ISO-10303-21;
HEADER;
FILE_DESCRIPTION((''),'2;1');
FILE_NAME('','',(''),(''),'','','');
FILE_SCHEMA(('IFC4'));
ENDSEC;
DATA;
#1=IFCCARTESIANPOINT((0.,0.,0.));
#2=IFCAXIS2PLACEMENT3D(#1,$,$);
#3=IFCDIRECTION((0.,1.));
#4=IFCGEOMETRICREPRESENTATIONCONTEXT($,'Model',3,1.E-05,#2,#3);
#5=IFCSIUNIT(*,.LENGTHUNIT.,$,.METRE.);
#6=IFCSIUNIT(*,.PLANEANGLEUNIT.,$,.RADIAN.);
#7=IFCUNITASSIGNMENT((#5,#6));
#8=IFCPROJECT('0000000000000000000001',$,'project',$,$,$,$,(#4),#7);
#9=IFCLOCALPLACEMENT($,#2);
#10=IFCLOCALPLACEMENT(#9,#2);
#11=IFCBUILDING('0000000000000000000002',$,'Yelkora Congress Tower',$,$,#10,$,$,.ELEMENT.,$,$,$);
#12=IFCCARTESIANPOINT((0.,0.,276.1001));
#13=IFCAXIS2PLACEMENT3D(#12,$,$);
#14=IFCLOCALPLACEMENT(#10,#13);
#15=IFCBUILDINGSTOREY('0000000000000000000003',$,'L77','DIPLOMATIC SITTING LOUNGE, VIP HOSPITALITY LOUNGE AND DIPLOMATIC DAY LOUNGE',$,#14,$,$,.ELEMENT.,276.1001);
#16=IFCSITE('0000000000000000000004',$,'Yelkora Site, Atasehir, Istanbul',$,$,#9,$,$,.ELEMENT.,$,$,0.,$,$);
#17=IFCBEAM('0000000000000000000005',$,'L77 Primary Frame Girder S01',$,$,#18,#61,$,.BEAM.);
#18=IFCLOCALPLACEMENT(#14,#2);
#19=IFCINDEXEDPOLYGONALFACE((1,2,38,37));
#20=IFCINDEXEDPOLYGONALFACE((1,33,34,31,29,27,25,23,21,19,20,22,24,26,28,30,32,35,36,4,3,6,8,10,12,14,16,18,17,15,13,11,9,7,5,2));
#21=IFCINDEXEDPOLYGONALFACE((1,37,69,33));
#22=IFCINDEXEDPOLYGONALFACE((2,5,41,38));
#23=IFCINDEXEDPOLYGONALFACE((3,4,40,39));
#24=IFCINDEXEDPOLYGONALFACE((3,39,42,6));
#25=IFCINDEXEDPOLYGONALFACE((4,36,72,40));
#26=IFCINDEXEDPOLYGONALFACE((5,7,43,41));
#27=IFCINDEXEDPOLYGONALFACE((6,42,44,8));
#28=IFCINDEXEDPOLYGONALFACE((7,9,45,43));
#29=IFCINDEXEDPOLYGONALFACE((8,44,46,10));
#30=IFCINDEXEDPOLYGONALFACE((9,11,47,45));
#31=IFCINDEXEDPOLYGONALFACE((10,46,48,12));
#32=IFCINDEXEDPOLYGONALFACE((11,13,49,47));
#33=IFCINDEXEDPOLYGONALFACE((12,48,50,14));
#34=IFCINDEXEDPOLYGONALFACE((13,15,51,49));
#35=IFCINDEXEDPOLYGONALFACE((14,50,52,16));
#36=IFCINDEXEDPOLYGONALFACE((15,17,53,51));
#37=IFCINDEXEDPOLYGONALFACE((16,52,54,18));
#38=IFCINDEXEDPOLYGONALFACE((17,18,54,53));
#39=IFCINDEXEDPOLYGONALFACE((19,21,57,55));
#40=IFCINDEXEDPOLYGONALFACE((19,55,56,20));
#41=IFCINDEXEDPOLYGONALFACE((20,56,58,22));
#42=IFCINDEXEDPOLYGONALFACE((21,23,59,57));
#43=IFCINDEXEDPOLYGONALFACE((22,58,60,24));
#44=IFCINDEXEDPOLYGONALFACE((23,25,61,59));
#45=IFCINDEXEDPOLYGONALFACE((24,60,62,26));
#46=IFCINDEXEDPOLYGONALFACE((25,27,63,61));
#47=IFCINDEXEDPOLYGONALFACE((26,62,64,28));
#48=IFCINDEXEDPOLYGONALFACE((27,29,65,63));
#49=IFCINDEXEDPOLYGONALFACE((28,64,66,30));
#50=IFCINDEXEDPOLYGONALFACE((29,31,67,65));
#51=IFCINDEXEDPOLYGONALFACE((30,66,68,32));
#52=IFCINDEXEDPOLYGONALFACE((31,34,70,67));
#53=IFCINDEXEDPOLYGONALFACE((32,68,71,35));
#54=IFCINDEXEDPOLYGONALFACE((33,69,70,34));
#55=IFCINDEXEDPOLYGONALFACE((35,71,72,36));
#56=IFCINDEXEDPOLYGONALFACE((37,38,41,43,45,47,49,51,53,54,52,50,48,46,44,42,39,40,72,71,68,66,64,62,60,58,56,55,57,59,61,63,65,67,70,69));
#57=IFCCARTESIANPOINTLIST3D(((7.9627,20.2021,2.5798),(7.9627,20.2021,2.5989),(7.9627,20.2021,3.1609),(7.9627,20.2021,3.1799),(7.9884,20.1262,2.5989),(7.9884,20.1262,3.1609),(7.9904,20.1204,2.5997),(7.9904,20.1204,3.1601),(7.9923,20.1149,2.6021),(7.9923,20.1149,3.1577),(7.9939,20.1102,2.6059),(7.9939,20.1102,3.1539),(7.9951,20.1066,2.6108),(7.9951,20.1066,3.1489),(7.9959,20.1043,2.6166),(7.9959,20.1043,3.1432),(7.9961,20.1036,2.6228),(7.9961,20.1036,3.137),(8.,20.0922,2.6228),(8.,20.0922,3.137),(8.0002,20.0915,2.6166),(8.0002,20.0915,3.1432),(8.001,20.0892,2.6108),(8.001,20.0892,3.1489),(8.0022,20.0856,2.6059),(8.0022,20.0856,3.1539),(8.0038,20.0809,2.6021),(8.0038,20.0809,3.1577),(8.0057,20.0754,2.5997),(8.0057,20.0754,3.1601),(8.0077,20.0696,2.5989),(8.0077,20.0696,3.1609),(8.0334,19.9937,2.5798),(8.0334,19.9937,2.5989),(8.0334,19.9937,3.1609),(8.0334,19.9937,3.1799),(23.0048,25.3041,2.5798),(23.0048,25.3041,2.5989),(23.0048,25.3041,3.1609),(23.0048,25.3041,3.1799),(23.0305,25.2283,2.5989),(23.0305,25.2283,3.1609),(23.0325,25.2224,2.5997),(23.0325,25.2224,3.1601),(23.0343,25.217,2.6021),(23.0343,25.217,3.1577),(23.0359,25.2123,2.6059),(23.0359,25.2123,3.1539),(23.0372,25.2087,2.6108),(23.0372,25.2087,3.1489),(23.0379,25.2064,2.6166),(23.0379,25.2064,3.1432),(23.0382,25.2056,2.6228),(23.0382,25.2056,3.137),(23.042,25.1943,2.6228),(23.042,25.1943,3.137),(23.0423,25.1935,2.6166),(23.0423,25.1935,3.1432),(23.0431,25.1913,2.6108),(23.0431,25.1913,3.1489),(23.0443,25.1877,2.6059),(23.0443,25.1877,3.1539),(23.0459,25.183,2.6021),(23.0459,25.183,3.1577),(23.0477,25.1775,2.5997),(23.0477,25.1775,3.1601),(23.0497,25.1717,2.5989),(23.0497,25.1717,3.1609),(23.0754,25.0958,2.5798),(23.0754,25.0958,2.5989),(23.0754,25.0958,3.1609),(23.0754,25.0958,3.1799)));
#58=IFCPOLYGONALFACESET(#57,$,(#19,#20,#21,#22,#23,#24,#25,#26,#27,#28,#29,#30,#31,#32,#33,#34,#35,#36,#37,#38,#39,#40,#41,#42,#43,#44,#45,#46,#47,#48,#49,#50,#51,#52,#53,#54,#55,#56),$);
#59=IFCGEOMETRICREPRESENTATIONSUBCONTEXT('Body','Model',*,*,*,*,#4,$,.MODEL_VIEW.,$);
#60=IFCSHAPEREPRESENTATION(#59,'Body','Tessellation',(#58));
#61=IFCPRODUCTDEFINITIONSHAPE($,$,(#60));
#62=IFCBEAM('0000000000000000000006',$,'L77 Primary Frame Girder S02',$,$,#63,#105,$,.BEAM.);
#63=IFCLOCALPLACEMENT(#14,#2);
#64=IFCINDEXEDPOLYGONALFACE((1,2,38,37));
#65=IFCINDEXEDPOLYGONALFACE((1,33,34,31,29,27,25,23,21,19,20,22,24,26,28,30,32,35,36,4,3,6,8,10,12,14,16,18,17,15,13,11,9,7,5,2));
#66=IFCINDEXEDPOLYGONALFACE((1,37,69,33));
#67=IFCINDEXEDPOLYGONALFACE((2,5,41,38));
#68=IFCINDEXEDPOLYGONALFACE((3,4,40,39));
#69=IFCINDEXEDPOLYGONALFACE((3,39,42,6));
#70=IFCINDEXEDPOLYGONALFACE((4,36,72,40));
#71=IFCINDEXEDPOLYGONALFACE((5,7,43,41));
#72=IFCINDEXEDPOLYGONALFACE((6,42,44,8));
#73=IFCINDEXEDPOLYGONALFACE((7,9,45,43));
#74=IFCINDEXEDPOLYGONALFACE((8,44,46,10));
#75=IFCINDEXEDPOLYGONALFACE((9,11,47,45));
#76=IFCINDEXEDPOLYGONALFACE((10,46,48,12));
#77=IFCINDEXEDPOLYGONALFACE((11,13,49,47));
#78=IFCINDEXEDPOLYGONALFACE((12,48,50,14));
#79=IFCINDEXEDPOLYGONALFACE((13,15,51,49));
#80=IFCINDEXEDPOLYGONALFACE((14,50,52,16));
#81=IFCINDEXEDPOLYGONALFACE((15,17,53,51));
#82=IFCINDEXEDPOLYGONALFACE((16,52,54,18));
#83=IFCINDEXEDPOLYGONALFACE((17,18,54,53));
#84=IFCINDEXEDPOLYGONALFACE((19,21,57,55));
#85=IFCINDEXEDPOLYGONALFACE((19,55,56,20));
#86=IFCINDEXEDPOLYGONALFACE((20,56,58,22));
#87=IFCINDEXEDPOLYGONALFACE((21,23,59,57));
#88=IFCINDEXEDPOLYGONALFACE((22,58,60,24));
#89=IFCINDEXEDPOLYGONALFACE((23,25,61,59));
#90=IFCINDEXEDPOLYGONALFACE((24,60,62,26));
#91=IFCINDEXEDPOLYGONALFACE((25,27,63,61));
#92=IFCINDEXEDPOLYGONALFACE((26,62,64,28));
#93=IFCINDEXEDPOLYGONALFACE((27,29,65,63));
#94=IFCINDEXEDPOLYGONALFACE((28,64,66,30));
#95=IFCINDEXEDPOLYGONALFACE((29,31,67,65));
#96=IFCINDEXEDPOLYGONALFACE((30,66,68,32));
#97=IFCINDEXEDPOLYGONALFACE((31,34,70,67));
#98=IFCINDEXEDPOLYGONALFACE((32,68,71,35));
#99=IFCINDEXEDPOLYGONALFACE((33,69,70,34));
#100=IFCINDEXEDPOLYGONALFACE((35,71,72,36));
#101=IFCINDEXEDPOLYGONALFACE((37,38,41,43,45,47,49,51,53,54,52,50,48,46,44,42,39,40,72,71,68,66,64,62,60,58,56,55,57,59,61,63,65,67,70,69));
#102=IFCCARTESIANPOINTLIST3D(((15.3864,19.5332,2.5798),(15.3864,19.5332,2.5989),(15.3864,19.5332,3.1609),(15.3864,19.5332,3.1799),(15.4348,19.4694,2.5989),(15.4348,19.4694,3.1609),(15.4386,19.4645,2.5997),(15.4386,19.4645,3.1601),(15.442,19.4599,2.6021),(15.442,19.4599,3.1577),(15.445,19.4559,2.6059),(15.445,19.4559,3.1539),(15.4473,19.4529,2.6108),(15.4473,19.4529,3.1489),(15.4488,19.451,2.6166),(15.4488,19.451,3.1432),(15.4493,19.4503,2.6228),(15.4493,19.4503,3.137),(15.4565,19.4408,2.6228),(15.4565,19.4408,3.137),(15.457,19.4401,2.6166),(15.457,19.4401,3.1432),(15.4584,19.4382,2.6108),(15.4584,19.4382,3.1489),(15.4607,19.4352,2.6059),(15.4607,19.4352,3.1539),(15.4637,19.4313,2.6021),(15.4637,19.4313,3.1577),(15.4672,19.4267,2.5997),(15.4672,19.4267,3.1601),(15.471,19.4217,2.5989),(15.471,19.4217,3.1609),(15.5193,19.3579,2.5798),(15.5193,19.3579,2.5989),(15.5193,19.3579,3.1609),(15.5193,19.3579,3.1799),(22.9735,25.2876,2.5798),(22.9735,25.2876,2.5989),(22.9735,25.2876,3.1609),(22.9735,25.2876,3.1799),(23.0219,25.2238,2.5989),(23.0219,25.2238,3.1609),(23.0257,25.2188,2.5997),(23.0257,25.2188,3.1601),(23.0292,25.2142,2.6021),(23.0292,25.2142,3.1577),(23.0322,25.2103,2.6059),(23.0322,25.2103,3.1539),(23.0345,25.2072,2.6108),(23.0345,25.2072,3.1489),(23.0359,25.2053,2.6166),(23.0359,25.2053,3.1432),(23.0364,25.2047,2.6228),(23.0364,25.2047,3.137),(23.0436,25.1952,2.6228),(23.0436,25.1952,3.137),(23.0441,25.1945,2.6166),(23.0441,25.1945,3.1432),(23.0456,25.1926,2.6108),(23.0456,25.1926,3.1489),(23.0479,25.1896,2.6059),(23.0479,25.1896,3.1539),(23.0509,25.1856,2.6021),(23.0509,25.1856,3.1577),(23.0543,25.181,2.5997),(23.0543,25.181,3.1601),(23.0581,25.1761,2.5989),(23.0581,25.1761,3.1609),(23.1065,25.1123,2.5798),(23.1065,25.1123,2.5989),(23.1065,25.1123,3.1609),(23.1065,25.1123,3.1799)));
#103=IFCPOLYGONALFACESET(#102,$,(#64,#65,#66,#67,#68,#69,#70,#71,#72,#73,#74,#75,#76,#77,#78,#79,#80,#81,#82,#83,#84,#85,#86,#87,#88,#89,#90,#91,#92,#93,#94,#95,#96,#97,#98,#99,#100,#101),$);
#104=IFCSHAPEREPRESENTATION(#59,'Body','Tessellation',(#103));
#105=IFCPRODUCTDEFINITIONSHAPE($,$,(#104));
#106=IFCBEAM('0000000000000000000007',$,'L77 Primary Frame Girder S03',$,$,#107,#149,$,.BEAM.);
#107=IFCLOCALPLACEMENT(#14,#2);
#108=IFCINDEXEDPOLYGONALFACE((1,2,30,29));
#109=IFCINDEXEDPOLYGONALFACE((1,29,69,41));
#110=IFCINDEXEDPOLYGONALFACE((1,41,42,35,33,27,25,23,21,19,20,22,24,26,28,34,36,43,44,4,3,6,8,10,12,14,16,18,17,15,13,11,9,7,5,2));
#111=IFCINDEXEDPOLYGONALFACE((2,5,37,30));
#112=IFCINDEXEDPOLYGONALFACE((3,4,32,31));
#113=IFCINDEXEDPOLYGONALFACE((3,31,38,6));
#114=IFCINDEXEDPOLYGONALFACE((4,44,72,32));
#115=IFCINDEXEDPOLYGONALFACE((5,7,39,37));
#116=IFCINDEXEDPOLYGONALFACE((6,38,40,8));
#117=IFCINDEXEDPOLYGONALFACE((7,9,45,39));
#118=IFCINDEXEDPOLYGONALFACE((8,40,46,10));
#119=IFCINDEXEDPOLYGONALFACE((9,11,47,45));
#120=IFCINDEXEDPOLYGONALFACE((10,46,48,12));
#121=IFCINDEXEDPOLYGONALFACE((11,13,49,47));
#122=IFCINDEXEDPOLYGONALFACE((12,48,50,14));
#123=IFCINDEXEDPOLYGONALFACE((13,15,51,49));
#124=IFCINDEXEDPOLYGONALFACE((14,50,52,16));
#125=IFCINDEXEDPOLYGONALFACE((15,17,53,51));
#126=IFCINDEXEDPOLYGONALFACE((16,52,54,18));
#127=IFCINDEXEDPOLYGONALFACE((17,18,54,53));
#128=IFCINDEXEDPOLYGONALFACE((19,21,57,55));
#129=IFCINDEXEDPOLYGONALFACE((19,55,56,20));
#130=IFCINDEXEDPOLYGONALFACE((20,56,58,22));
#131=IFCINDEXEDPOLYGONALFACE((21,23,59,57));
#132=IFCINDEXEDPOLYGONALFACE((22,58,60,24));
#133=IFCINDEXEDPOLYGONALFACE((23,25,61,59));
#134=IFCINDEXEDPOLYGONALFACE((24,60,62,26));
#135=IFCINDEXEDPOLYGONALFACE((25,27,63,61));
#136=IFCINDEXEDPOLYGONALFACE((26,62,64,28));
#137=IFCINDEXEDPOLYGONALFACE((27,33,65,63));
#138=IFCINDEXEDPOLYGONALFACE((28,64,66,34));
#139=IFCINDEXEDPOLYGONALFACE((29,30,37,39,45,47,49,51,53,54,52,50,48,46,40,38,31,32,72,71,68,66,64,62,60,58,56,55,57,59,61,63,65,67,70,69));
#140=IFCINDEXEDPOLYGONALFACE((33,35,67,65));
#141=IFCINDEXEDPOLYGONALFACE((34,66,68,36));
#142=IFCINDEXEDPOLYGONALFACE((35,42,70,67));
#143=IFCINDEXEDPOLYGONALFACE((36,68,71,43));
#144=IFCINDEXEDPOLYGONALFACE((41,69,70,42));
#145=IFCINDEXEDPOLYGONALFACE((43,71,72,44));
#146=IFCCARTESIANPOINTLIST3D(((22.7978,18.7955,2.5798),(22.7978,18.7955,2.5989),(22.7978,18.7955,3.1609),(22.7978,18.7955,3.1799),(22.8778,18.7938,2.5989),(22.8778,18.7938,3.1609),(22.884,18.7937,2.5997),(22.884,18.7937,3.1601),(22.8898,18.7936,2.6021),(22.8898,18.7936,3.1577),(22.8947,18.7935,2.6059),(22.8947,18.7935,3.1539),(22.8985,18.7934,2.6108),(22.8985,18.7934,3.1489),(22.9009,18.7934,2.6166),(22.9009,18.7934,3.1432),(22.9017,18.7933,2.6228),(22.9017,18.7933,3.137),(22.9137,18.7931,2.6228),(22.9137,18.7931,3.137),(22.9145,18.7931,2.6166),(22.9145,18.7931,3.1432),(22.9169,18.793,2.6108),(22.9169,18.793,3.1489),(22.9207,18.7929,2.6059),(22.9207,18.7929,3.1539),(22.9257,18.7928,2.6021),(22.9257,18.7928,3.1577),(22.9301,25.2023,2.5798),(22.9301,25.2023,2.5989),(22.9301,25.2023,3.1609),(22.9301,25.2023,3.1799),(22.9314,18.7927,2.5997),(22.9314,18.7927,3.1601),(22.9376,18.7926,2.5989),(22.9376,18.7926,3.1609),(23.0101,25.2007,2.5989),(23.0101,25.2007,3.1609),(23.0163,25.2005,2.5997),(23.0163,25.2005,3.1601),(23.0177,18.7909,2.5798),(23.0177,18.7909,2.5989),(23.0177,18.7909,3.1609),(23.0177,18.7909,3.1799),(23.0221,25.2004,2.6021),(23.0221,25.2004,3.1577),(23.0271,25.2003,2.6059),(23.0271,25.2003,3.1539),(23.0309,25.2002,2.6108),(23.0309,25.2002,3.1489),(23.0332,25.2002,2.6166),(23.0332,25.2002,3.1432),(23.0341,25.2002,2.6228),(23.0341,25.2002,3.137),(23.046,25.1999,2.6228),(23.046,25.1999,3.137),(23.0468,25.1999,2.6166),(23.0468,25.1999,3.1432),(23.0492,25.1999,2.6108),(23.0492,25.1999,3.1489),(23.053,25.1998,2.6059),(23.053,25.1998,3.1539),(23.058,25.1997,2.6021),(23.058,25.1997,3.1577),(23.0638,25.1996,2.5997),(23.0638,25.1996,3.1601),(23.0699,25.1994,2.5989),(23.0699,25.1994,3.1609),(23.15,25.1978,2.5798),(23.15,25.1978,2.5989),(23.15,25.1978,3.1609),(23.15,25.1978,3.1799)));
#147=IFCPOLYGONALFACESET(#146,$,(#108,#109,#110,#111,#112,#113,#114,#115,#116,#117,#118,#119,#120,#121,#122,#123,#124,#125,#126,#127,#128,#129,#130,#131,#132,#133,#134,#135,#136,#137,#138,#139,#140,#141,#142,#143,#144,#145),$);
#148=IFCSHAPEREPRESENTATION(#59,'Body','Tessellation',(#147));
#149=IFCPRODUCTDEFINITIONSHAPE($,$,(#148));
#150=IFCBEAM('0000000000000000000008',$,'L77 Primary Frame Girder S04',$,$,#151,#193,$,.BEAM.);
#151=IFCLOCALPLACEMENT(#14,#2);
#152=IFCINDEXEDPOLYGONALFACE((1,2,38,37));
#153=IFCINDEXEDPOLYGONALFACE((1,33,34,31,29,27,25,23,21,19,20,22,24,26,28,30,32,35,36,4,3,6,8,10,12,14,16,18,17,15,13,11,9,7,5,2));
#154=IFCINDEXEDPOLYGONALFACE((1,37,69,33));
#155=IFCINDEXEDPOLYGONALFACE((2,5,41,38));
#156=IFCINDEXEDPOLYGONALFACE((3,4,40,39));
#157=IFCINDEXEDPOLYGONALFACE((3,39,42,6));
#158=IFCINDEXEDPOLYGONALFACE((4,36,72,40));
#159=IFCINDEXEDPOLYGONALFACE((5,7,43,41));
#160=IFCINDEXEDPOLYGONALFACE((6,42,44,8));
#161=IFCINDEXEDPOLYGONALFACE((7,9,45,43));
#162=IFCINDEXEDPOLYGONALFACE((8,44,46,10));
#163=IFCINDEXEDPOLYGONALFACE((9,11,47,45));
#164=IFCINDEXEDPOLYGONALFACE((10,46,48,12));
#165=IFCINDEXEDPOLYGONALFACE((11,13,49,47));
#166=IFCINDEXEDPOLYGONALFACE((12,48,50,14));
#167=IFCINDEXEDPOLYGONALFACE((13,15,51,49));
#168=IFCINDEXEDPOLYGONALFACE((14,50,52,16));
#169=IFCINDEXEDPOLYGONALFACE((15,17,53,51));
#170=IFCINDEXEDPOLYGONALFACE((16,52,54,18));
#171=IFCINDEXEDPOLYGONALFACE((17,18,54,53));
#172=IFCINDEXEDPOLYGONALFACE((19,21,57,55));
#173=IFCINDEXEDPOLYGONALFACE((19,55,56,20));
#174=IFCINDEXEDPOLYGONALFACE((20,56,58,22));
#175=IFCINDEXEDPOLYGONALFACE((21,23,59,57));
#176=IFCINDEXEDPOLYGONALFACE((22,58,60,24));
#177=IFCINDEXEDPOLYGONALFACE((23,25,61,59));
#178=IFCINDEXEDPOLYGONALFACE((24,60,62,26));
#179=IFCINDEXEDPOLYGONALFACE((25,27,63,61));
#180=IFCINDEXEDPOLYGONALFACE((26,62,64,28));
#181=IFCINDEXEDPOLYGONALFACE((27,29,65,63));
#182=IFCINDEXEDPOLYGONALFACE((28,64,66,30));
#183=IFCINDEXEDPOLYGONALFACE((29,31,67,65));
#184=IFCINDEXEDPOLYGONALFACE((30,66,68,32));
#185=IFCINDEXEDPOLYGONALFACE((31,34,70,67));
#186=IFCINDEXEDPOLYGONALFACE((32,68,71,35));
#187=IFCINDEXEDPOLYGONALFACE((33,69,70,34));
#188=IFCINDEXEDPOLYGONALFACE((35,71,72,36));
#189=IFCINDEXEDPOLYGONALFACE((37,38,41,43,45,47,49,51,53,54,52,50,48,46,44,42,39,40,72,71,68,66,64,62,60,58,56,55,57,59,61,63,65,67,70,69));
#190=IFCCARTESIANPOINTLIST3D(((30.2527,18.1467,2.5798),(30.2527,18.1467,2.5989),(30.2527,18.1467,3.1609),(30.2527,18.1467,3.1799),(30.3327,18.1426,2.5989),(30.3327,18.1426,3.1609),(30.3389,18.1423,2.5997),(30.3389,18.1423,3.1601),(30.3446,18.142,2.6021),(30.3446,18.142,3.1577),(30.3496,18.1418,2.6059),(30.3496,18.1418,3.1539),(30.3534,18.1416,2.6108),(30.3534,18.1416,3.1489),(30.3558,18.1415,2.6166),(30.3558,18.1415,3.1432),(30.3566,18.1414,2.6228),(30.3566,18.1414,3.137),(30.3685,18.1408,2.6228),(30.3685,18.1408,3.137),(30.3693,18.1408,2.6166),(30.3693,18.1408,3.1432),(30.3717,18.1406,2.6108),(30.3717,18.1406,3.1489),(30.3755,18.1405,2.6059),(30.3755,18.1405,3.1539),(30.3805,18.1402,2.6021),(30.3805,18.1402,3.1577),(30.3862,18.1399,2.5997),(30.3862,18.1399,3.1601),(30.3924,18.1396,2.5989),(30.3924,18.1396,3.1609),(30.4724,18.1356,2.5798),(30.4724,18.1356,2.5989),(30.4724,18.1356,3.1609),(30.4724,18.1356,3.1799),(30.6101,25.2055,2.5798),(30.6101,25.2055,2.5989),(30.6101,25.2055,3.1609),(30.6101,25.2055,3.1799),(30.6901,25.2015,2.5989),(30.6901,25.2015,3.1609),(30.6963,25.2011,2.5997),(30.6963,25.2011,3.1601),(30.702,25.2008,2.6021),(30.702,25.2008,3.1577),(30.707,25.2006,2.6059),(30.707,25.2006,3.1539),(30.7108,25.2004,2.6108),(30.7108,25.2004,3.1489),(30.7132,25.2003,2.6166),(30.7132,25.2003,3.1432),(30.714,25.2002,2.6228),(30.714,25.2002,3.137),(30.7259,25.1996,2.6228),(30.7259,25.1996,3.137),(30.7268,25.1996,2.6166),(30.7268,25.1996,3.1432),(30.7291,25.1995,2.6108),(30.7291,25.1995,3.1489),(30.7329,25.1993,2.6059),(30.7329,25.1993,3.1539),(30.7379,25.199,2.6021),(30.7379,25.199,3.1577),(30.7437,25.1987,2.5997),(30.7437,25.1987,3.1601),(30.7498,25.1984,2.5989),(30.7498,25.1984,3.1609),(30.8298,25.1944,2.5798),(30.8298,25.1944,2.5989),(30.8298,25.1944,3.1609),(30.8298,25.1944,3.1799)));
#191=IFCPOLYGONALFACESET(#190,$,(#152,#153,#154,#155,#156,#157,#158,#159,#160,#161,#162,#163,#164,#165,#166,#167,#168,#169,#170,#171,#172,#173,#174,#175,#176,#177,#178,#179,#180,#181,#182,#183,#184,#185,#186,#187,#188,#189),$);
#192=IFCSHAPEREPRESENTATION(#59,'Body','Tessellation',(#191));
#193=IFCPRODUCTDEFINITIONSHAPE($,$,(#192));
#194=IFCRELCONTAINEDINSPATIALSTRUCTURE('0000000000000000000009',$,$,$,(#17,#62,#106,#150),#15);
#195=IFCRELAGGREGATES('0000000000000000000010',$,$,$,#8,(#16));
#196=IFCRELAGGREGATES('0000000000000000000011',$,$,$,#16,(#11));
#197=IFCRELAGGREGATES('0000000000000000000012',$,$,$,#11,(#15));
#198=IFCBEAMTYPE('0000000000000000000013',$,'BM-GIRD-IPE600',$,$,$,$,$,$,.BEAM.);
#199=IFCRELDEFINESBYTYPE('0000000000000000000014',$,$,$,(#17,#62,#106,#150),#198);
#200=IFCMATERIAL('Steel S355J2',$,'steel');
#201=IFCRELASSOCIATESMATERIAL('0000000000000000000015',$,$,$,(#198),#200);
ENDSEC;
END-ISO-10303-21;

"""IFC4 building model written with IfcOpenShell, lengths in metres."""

from ifc_helpers import new_model, si_unit, direction, frame, origin, origin_2d, place, context, subcontext, project, spatial, i_section, extrude, material, material_profile, profile_set, type_object, element, save


model = new_model("IFC4")

# Units and contexts
model_context = context("Model", 3, precision=1e-05, world=origin(), true_north=direction((0.0, 1.0)))
body_context = subcontext(model_context, "Body", "Model", "MODEL_VIEW")
ifc_project = project(units=[si_unit("LENGTHUNIT", "METRE"), si_unit("PLANEANGLEUNIT", "RADIAN")], contexts=[model_context])

# Site, building, storey
site_placement = place(None, origin())
site = spatial("IfcSite", under=ifc_project, at=site_placement, Name="Yelkora Site, Atasehir, Istanbul", CompositionType="ELEMENT", RefElevation=0.0)
building_placement = place(site_placement, origin())
building = spatial("IfcBuilding", under=site, at=building_placement, Name="Yelkora Congress Tower", CompositionType="ELEMENT")
storey_placement = place(building_placement, frame((0.0, 0.0, 276.1001)))
storey = spatial("IfcBuildingStorey", under=building, at=storey_placement, Name="L77", Description="DIPLOMATIC SITTING LOUNGE, VIP HOSPITALITY LOUNGE AND DIPLOMATIC DAY LOUNGE", CompositionType="ELEMENT", Elevation=276.1001)

# Shared definitions
ifc_material_1 = material(Name="Steel S355J2", Category="steel")

# Beams
ifc_material_profile_1 = material_profile(ifc_material_1, i_section(OverallWidth=0.22, OverallDepth=0.6001, WebThickness=0.012, FlangeThickness=0.019, FilletRadius=0.0239, at=origin_2d()), Name="IPE 600")
ifc_profile_set_1 = profile_set([ifc_material_profile_1], Name="Steel S355J2")
beam_type_1 = type_object("IfcBeamType", Name="BM-GIRD-IPE600", PredefinedType="BEAM", material=ifc_profile_set_1)
beam_1_placement = place(storey_placement, frame((7.998, 20.0979, 2.8799), z_axis=(0.947007, 0.321213, 0.0), x_axis=(-0.321213, 0.947007, 0.0)))
element("IfcBeam", 1, at=beam_1_placement, inside=storey, type_object=beam_type_1, Name="L77 Primary Frame Girder S01", PredefinedType="BEAM", context=body_context, shape_type="SweptSolid", body=[
    extrude(i_section(OverallWidth=0.22, OverallDepth=0.6001, WebThickness=0.012, FlangeThickness=0.019, FilletRadius=0.0239, at=origin_2d()), origin(), (0.0, 0.0, 1.0), 15.8838),
])
beam_2_placement = place(storey_placement, frame((15.4529, 19.4456, 2.8799), z_axis=(0.796761, 0.604294, 0.0), x_axis=(-0.604294, 0.796761, 0.0)))
element("IfcBeam", 2, at=beam_2_placement, inside=storey, type_object=beam_type_1, Name="L77 Primary Frame Girder S02", PredefinedType="BEAM", context=body_context, shape_type="SweptSolid", body=[
    extrude(i_section(OverallWidth=0.22, OverallDepth=0.6001, WebThickness=0.012, FlangeThickness=0.019, FilletRadius=0.0239, at=origin_2d()), origin(), (0.0, 0.0, 1.0), 9.5225),
])
beam_3_placement = place(storey_placement, frame((22.9077, 18.7932, 2.8799), z_axis=(0.02065, 0.999787, 0.0), x_axis=(-0.999787, 0.02065, 0.0)))
element("IfcBeam", 3, at=beam_3_placement, inside=storey, type_object=beam_type_1, Name="L77 Primary Frame Girder S03", PredefinedType="BEAM", context=body_context, shape_type="SweptSolid", body=[
    extrude(i_section(OverallWidth=0.22, OverallDepth=0.6001, WebThickness=0.012, FlangeThickness=0.019, FilletRadius=0.0239, at=origin_2d()), origin(), (0.0, 0.0, 1.0), 6.4082),
])
beam_4_placement = place(storey_placement, frame((30.3625, 18.1411, 2.8799), z_axis=(0.05057, 0.998721, 0.0), x_axis=(-0.998721, 0.05057, 0.0)))
element("IfcBeam", 4, at=beam_4_placement, inside=storey, type_object=beam_type_1, Name="L77 Primary Frame Girder S04", PredefinedType="BEAM", context=body_context, shape_type="SweptSolid", body=[
    extrude(i_section(OverallWidth=0.22, OverallDepth=0.6001, WebThickness=0.012, FlangeThickness=0.019, FilletRadius=0.0239, at=origin_2d()), origin(), (0.0, 0.0, 1.0), 7.0679),
])

save(model, "model.ifc")
